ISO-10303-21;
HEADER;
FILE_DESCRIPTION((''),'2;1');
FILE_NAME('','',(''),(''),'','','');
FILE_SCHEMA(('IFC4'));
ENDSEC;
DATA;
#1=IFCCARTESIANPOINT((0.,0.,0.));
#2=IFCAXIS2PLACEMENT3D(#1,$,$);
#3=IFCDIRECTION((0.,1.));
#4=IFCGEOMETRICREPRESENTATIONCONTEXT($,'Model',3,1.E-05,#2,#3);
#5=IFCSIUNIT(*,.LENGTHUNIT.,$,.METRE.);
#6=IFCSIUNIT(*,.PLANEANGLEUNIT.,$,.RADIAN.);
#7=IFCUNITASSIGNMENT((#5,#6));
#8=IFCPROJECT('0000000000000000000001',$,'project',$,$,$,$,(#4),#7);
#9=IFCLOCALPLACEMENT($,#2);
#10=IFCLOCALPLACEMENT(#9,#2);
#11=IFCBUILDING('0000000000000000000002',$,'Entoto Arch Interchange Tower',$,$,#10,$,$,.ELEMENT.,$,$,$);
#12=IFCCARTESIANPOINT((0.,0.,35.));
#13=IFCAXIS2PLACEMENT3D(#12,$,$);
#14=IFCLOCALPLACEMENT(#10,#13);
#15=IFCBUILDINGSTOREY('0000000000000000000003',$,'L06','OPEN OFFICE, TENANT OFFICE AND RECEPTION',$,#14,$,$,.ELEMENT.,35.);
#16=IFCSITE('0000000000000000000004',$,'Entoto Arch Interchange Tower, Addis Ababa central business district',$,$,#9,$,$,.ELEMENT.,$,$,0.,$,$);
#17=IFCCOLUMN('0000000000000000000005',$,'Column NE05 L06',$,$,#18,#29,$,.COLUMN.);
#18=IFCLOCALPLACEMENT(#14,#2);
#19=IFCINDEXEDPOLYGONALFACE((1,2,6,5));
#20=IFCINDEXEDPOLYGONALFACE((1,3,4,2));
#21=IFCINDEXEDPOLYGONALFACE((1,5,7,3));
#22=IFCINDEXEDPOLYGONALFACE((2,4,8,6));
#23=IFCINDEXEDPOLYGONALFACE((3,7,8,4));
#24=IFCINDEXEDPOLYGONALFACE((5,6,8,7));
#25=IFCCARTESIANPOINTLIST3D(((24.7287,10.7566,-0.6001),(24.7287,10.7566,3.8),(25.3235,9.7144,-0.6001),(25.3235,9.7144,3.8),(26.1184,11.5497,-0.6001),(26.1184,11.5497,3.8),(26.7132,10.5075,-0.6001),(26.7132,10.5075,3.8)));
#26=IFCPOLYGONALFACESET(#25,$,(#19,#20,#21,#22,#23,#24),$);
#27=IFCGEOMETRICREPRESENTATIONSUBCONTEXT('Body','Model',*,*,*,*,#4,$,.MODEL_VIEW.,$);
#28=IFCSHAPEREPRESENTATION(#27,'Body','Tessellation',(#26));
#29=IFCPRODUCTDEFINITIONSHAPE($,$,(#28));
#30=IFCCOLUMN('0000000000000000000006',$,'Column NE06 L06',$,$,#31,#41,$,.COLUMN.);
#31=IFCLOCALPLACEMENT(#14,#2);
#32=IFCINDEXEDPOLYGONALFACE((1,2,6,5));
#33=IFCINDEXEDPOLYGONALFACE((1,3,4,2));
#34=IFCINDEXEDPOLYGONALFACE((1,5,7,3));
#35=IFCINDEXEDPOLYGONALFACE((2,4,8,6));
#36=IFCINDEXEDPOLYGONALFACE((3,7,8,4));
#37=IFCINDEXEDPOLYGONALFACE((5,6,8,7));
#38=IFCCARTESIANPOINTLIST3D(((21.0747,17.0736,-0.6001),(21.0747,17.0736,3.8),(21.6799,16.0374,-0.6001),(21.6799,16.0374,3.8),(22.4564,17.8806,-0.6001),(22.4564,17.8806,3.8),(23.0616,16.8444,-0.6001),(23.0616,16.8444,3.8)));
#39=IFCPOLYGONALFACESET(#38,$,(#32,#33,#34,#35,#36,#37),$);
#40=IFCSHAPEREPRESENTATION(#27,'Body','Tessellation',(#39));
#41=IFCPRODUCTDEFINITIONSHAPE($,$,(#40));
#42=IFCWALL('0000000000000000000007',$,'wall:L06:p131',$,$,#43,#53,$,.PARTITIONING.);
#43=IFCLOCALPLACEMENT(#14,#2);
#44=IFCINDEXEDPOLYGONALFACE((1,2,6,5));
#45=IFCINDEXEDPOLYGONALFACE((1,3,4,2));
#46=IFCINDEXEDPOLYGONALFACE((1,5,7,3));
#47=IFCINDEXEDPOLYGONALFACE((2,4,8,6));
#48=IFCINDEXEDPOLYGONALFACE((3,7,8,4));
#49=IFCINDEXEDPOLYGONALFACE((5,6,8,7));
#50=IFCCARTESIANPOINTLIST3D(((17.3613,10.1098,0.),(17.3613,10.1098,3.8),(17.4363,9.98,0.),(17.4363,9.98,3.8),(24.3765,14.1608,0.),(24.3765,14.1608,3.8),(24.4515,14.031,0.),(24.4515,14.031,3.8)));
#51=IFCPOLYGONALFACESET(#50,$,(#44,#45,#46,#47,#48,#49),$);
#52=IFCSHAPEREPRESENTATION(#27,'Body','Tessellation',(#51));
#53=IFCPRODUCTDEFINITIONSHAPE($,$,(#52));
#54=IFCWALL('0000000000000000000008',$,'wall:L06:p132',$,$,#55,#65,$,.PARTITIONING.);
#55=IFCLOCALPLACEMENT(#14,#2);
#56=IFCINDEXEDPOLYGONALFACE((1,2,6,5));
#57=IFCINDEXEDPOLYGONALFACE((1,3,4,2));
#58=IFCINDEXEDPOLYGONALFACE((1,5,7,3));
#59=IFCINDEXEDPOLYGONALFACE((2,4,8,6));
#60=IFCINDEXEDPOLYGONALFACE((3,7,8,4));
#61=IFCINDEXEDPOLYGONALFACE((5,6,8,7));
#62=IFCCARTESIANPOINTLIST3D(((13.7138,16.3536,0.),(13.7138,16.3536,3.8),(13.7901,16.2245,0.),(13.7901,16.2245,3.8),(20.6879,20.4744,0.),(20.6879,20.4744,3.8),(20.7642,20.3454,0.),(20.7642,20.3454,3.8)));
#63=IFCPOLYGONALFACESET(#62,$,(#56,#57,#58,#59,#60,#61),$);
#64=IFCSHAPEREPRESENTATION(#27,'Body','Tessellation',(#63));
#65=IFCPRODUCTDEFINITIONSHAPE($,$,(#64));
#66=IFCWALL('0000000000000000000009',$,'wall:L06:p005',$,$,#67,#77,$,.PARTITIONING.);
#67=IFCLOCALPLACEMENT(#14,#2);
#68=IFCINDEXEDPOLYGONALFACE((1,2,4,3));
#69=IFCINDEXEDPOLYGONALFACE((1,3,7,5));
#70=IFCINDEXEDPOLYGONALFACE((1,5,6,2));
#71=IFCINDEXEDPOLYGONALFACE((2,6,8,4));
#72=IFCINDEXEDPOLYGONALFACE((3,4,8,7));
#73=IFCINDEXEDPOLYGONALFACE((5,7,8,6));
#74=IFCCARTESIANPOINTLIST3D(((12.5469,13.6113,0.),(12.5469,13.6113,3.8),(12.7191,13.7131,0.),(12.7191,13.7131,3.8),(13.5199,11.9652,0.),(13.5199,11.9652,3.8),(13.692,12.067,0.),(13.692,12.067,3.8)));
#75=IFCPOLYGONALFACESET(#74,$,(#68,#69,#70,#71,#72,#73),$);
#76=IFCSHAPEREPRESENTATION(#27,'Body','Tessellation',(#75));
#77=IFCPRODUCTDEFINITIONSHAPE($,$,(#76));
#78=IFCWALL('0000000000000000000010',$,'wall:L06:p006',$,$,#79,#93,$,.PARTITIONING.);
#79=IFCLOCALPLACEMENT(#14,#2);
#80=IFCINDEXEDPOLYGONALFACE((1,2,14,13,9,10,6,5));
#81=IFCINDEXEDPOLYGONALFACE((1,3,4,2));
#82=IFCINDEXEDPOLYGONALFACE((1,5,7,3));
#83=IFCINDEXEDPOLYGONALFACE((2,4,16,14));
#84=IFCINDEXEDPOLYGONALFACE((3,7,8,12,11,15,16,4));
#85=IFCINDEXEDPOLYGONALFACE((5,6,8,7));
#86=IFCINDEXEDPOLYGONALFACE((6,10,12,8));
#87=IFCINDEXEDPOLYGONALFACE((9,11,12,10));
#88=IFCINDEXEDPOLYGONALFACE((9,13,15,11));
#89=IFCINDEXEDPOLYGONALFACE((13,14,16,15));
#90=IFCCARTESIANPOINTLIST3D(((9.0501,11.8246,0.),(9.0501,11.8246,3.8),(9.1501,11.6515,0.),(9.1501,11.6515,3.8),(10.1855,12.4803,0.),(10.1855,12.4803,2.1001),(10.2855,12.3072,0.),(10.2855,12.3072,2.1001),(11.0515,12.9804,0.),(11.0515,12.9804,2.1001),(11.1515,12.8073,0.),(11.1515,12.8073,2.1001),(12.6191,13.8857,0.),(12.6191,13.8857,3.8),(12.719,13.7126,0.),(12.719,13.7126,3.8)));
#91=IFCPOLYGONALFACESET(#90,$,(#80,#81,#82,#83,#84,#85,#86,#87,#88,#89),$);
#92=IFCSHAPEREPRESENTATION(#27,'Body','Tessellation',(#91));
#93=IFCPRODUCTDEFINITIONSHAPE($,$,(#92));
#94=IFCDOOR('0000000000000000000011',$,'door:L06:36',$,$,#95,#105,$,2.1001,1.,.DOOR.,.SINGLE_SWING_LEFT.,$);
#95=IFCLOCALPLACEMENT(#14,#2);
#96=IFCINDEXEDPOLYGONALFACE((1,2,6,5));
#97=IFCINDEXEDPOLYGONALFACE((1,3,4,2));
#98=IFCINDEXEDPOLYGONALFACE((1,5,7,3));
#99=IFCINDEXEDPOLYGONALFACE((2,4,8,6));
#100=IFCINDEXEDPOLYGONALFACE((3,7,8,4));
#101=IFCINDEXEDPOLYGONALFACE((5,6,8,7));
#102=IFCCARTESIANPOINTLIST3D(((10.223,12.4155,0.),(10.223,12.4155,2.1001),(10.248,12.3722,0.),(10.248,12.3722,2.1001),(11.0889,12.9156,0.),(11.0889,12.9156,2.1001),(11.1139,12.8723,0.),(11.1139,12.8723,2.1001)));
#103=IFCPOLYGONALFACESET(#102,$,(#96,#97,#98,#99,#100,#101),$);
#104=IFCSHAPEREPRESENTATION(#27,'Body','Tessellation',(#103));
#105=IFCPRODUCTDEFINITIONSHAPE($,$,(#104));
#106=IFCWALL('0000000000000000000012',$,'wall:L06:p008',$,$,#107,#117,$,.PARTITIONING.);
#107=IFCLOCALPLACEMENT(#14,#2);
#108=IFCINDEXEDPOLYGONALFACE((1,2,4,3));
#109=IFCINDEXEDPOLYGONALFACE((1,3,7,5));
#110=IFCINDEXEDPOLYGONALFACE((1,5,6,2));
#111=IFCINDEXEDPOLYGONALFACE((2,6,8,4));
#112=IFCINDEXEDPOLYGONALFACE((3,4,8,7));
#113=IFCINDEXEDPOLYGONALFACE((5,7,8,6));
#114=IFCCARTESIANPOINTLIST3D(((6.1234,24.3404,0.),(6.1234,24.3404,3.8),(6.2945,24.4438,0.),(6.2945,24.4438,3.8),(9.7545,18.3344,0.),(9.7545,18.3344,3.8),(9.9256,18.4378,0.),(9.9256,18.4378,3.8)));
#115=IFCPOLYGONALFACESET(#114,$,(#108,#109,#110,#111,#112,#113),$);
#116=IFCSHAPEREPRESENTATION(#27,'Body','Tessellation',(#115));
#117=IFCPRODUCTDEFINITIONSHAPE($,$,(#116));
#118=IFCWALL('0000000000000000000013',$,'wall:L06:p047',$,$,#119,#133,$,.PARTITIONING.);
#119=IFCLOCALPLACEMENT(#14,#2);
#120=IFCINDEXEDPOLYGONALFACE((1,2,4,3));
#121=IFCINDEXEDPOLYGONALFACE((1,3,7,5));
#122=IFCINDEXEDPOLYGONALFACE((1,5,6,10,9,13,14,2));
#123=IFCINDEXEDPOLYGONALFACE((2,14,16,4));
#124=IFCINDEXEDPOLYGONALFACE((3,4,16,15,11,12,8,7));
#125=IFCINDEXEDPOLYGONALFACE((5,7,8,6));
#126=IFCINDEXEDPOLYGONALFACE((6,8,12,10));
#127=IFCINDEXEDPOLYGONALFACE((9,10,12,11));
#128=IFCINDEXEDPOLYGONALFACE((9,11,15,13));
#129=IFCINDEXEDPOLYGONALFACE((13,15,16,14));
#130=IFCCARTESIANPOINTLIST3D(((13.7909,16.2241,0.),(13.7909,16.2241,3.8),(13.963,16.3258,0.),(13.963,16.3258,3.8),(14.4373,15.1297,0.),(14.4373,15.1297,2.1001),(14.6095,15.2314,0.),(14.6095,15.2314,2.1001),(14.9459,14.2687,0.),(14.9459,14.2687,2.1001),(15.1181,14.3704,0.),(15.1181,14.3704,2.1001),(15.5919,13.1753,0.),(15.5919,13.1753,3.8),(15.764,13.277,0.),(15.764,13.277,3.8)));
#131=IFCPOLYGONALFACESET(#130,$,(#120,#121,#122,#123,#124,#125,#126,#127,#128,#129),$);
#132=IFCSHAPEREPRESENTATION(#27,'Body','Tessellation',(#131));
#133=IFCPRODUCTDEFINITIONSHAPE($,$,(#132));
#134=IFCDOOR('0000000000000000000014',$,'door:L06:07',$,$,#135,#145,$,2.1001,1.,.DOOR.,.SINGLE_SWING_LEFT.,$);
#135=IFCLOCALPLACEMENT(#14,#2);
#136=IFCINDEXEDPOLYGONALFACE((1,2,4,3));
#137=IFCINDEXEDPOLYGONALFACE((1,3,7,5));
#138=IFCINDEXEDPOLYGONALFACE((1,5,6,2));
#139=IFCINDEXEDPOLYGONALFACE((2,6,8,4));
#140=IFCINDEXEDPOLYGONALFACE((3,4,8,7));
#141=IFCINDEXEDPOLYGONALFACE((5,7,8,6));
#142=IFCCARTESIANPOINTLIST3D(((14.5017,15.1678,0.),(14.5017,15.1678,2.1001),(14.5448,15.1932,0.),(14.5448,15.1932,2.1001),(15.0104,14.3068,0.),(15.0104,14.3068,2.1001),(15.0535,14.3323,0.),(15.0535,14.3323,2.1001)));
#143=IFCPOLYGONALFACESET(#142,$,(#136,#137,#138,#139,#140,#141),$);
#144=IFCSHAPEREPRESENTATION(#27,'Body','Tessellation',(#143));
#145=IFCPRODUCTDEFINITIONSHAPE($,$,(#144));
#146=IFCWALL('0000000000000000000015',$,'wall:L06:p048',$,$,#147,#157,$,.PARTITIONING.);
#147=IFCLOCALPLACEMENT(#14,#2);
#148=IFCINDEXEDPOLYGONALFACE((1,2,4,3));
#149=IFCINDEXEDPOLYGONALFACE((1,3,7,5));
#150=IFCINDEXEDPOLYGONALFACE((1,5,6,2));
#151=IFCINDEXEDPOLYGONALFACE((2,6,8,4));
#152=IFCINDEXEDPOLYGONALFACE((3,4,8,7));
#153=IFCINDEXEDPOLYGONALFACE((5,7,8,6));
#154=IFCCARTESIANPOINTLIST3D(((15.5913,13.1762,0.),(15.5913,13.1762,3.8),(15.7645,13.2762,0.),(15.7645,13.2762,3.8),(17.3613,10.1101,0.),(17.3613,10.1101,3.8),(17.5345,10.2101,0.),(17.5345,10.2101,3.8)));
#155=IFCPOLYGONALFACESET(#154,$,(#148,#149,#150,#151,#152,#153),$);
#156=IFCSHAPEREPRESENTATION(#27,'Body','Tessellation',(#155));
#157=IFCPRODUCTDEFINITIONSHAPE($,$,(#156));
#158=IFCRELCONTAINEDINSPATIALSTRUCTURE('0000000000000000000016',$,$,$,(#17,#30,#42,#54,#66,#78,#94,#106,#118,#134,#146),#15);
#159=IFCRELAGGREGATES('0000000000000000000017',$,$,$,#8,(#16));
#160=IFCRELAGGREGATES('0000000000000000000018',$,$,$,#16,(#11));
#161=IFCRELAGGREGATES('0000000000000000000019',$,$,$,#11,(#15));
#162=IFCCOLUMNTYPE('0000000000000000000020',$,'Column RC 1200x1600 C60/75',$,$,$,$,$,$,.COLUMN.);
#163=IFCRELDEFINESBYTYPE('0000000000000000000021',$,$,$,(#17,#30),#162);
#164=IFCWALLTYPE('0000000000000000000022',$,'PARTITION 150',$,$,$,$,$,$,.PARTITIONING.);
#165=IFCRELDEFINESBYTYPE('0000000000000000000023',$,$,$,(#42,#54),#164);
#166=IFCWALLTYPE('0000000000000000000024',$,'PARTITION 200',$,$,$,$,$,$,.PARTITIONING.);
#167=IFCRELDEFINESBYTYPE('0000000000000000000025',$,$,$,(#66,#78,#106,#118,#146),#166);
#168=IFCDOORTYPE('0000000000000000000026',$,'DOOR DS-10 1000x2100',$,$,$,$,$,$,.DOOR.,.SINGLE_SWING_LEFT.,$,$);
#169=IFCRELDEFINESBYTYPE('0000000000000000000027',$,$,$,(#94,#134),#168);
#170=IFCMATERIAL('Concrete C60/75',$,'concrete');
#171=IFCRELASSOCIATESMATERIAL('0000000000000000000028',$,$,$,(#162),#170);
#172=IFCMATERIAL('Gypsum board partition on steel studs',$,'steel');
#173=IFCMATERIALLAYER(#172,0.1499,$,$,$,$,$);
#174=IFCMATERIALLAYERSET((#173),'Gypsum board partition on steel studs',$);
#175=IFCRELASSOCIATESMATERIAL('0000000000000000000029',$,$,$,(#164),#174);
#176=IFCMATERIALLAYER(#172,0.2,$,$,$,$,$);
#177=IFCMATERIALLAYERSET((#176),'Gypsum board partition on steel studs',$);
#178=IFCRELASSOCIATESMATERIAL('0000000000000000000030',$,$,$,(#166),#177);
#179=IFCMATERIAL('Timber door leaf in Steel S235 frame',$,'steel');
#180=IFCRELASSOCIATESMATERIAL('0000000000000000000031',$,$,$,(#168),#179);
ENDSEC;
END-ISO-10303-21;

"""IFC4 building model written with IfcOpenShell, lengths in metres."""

from ifc_helpers import new_model, si_unit, direction, frame, frame_2d, origin, origin_2d, place, context, subcontext, project, spatial, rectangle, extrude, material, layer, layer_set, material_profile, profile_set, type_object, element, fill, save


model = new_model("IFC4")

# Units and contexts
model_context = context("Model", 3, precision=1e-05, world=origin(), true_north=direction((0.0, 1.0)))
body_context = subcontext(model_context, "Body", "Model", "MODEL_VIEW")
ifc_project = project(units=[si_unit("LENGTHUNIT", "METRE"), si_unit("PLANEANGLEUNIT", "RADIAN")], contexts=[model_context])

# Site, building, storey
site_placement = place(None, origin())
site = spatial("IfcSite", under=ifc_project, at=site_placement, Name="Entoto Arch Interchange Tower, Addis Ababa central business district", CompositionType="ELEMENT", RefElevation=0.0)
building_placement = place(site_placement, origin())
building = spatial("IfcBuilding", under=site, at=building_placement, Name="Entoto Arch Interchange Tower", CompositionType="ELEMENT")
storey_placement = place(building_placement, frame((0.0, 0.0, 35.0)))
storey = spatial("IfcBuildingStorey", under=building, at=storey_placement, Name="L06", Description="OPEN OFFICE, TENANT OFFICE AND RECEPTION", CompositionType="ELEMENT", Elevation=35.0)

# Columns
ifc_material_1 = material(Name="Concrete C60/75", Category="concrete")
ifc_material_profile = material_profile(ifc_material_1, rectangle(XDim=1.2, YDim=1.6001, at=origin_2d()))
ifc_profile_set = profile_set([ifc_material_profile], Name="Concrete C60/75")
column_type = type_object("IfcColumnType", Name="Column RC 1200x1600 C60/75", PredefinedType="COLUMN", material=ifc_profile_set)
for number, where, z_axis, x_axis, name in (
    (1, (25.7209, 10.6321, -0.6001), (0.0, 0.0, 1.0), (-0.495656, 0.868519, 0.0), "Column NE05 L06"),
    (2, (22.0681, 16.959, -0.6001), (0.0, 0.0, 1.0), (-0.504332, 0.86351, 0.0), "Column NE06 L06"),
):
    element("IfcColumn", number, at=place(storey_placement, frame(where, z_axis=z_axis, x_axis=x_axis)), inside=storey, type_object=column_type, Name=name, PredefinedType="COLUMN", context=body_context, shape_type="SweptSolid", body=[
        extrude(rectangle(XDim=1.2, YDim=1.6001, at=origin_2d()), origin(), (0.0, 0.0, 1.0), 4.4001),
    ])

# Walls
ifc_material_2 = material(Name="Gypsum board partition on steel studs", Category="steel")
ifc_layer_1 = layer(ifc_material_2, 0.1499)
ifc_layer_set_1 = layer_set([ifc_layer_1], Name="Gypsum board partition on steel studs")
wall_type_1 = type_object("IfcWallType", Name="PARTITION 150", PredefinedType="PARTITIONING", material=ifc_layer_set_1)
wall_1_placement = place(storey_placement, frame((17.3989, 10.0449, 0.0), z_axis=(0.0, 0.0, 1.0), x_axis=(0.865981, 0.500077, 0.0)))
element("IfcWall", 3, at=wall_1_placement, inside=storey, type_object=wall_type_1, Name="wall:L06:p131", PredefinedType="PARTITIONING", context=body_context, shape_type="SweptSolid", body=[
    extrude(rectangle(XDim=8.1008, YDim=0.1499, at=frame_2d((4.0503, 0.0))), origin(), (0.0, 0.0, 1.0), 3.8),
])
wall_2_placement = place(storey_placement, frame((13.752, 16.2891, 0.0), z_axis=(0.0, 0.0, 1.0), x_axis=(0.860939, 0.508709, 0.0)))
element("IfcWall", 4, at=wall_2_placement, inside=storey, type_object=wall_type_1, Name="wall:L06:p132", PredefinedType="PARTITIONING", context=body_context, shape_type="SweptSolid", body=[
    extrude(rectangle(XDim=8.1006, YDim=0.1499, at=frame_2d((4.0503, 0.0))), origin(), (0.0, 0.0, 1.0), 3.8),
])
ifc_layer_2 = layer(ifc_material_2, 0.2)
ifc_layer_set_2 = layer_set([ifc_layer_2], Name="Gypsum board partition on steel studs")
wall_type_2 = type_object("IfcWallType", Name="PARTITION 200", PredefinedType="PARTITIONING", material=ifc_layer_set_2)
wall_3_placement = place(storey_placement, frame((13.606, 12.0161, 0.0), z_axis=(0.0, 0.0, 1.0), x_axis=(-0.508833, 0.860866, 0.0)))
element("IfcWall", 5, at=wall_3_placement, inside=storey, type_object=wall_type_2, Name="wall:L06:p005", PredefinedType="PARTITIONING", context=body_context, shape_type="SweptSolid", body=[
    extrude(rectangle(XDim=1.9121, YDim=0.2, at=frame_2d((0.9561, 0.0))), origin(), (0.0, 0.0, 1.0), 3.8),
])

# Wall, opening, door
wall_4_placement = place(storey_placement, frame((12.6689, 13.7991, 0.0), z_axis=(0.0, 0.0, 1.0), x_axis=(-0.865967, -0.500102, 0.0)))
wall_4 = element("IfcWall", 6, at=wall_4_placement, inside=storey, type_object=wall_type_2, Name="wall:L06:p006", PredefinedType="PARTITIONING", context=body_context, shape_type="SweptSolid", body=[
    extrude(rectangle(XDim=4.1213, YDim=0.2, at=frame_2d((2.0605, 0.0))), origin(), (0.0, 0.0, 1.0), 3.8),
])
opening_1_placement = place(wall_4_placement, frame((1.8101, 0.0, 0.0)))
opening_1 = element("IfcOpeningElement", 7, at=opening_1_placement, cuts=wall_4, PredefinedType="OPENING", context=body_context, shape_type="SweptSolid", body=[
    extrude(rectangle(XDim=1.0, YDim=2.1001, at=frame_2d((0.5, 1.05))), frame((0.0, 0.1099, 0.0), z_axis=(0.0, -1.0, 0.0), x_axis=(1.0, 0.0, 0.0)), (0.0, 0.0, 1.0), 0.22),
])
ifc_material_3 = material(Name="Timber door leaf in Steel S235 frame", Category="steel")
door_type = type_object("IfcDoorType", Name="DOOR DS-10 1000x2100", OperationType="SINGLE_SWING_LEFT", PredefinedType="DOOR", material=ifc_material_3)
door_1_placement = place(opening_1_placement, origin())
door_1 = element("IfcDoor", 8, at=door_1_placement, inside=storey, type_object=door_type, Name="door:L06:36", OperationType="SINGLE_SWING_LEFT", OverallHeight=2.1001, OverallWidth=1.0, PredefinedType="DOOR", context=body_context, shape_type="SweptSolid", body=[
    extrude(rectangle(XDim=1.0, YDim=2.1001, at=frame_2d((0.5, 1.05))), frame((0.0, 0.0249, 0.0), z_axis=(0.0, -1.0, 0.0), x_axis=(1.0, 0.0, 0.0)), (0.0, 0.0, 1.0), 0.05),
])
fill(opening_1, door_1)

# Wall
wall_5_placement = place(storey_placement, frame((9.8401, 18.386, 0.0), z_axis=(0.0, 0.0, 1.0), x_axis=(-0.517368, 0.855763, 0.0)))
element("IfcWall", 9, at=wall_5_placement, inside=storey, type_object=wall_type_2, Name="wall:L06:p008", PredefinedType="PARTITIONING", context=body_context, shape_type="SweptSolid", body=[
    extrude(rectangle(XDim=7.0183, YDim=0.2, at=frame_2d((3.5093, 0.0))), origin(), (0.0, 0.0, 1.0), 3.8),
])

# Wall, opening, door
wall_6_placement = place(storey_placement, frame((13.877, 16.2749, 0.0), z_axis=(0.0, 0.0, 1.0), x_axis=(0.508613, -0.860995, 0.0)))
wall_6 = element("IfcWall", 10, at=wall_6_placement, inside=storey, type_object=wall_type_2, Name="wall:L06:p047", PredefinedType="PARTITIONING", context=body_context, shape_type="SweptSolid", body=[
    extrude(rectangle(XDim=3.541, YDim=0.2, at=frame_2d((1.7705, 0.0))), origin(), (0.0, 0.0, 1.0), 3.8),
])
opening_2_placement = place(wall_6_placement, frame((1.271, 0.0, 0.0)))
opening_2 = element("IfcOpeningElement", 11, at=opening_2_placement, cuts=wall_6, PredefinedType="OPENING", context=body_context, shape_type="SweptSolid", body=[
    extrude(rectangle(XDim=1.0, YDim=2.1001, at=frame_2d((0.5, 1.05))), frame((0.0, 0.1099, 0.0), z_axis=(0.0, -1.0, 0.0), x_axis=(1.0, 0.0, 0.0)), (0.0, 0.0, 1.0), 0.22),
])
door_2_placement = place(opening_2_placement, origin())
door_2 = element("IfcDoor", 12, at=door_2_placement, inside=storey, type_object=door_type, Name="door:L06:07", OperationType="SINGLE_SWING_LEFT", OverallHeight=2.1001, OverallWidth=1.0, PredefinedType="DOOR", context=body_context, shape_type="SweptSolid", body=[
    extrude(rectangle(XDim=1.0, YDim=2.1001, at=frame_2d((0.5, 1.05))), frame((0.0, 0.0249, 0.0), z_axis=(0.0, -1.0, 0.0), x_axis=(1.0, 0.0, 0.0)), (0.0, 0.0, 1.0), 0.05),
])
fill(opening_2, door_2)

# Wall
wall_7_placement = place(storey_placement, frame((15.678, 13.2261, 0.0), z_axis=(0.0, 0.0, 1.0), x_axis=(0.499951, -0.866054, 0.0)))
element("IfcWall", 13, at=wall_7_placement, inside=storey, type_object=wall_type_2, Name="wall:L06:p048", PredefinedType="PARTITIONING", context=body_context, shape_type="SweptSolid", body=[
    extrude(rectangle(XDim=3.5403, YDim=0.2, at=frame_2d((1.77, 0.0))), origin(), (0.0, 0.0, 1.0), 3.8),
])

save(model, "model.ifc")
